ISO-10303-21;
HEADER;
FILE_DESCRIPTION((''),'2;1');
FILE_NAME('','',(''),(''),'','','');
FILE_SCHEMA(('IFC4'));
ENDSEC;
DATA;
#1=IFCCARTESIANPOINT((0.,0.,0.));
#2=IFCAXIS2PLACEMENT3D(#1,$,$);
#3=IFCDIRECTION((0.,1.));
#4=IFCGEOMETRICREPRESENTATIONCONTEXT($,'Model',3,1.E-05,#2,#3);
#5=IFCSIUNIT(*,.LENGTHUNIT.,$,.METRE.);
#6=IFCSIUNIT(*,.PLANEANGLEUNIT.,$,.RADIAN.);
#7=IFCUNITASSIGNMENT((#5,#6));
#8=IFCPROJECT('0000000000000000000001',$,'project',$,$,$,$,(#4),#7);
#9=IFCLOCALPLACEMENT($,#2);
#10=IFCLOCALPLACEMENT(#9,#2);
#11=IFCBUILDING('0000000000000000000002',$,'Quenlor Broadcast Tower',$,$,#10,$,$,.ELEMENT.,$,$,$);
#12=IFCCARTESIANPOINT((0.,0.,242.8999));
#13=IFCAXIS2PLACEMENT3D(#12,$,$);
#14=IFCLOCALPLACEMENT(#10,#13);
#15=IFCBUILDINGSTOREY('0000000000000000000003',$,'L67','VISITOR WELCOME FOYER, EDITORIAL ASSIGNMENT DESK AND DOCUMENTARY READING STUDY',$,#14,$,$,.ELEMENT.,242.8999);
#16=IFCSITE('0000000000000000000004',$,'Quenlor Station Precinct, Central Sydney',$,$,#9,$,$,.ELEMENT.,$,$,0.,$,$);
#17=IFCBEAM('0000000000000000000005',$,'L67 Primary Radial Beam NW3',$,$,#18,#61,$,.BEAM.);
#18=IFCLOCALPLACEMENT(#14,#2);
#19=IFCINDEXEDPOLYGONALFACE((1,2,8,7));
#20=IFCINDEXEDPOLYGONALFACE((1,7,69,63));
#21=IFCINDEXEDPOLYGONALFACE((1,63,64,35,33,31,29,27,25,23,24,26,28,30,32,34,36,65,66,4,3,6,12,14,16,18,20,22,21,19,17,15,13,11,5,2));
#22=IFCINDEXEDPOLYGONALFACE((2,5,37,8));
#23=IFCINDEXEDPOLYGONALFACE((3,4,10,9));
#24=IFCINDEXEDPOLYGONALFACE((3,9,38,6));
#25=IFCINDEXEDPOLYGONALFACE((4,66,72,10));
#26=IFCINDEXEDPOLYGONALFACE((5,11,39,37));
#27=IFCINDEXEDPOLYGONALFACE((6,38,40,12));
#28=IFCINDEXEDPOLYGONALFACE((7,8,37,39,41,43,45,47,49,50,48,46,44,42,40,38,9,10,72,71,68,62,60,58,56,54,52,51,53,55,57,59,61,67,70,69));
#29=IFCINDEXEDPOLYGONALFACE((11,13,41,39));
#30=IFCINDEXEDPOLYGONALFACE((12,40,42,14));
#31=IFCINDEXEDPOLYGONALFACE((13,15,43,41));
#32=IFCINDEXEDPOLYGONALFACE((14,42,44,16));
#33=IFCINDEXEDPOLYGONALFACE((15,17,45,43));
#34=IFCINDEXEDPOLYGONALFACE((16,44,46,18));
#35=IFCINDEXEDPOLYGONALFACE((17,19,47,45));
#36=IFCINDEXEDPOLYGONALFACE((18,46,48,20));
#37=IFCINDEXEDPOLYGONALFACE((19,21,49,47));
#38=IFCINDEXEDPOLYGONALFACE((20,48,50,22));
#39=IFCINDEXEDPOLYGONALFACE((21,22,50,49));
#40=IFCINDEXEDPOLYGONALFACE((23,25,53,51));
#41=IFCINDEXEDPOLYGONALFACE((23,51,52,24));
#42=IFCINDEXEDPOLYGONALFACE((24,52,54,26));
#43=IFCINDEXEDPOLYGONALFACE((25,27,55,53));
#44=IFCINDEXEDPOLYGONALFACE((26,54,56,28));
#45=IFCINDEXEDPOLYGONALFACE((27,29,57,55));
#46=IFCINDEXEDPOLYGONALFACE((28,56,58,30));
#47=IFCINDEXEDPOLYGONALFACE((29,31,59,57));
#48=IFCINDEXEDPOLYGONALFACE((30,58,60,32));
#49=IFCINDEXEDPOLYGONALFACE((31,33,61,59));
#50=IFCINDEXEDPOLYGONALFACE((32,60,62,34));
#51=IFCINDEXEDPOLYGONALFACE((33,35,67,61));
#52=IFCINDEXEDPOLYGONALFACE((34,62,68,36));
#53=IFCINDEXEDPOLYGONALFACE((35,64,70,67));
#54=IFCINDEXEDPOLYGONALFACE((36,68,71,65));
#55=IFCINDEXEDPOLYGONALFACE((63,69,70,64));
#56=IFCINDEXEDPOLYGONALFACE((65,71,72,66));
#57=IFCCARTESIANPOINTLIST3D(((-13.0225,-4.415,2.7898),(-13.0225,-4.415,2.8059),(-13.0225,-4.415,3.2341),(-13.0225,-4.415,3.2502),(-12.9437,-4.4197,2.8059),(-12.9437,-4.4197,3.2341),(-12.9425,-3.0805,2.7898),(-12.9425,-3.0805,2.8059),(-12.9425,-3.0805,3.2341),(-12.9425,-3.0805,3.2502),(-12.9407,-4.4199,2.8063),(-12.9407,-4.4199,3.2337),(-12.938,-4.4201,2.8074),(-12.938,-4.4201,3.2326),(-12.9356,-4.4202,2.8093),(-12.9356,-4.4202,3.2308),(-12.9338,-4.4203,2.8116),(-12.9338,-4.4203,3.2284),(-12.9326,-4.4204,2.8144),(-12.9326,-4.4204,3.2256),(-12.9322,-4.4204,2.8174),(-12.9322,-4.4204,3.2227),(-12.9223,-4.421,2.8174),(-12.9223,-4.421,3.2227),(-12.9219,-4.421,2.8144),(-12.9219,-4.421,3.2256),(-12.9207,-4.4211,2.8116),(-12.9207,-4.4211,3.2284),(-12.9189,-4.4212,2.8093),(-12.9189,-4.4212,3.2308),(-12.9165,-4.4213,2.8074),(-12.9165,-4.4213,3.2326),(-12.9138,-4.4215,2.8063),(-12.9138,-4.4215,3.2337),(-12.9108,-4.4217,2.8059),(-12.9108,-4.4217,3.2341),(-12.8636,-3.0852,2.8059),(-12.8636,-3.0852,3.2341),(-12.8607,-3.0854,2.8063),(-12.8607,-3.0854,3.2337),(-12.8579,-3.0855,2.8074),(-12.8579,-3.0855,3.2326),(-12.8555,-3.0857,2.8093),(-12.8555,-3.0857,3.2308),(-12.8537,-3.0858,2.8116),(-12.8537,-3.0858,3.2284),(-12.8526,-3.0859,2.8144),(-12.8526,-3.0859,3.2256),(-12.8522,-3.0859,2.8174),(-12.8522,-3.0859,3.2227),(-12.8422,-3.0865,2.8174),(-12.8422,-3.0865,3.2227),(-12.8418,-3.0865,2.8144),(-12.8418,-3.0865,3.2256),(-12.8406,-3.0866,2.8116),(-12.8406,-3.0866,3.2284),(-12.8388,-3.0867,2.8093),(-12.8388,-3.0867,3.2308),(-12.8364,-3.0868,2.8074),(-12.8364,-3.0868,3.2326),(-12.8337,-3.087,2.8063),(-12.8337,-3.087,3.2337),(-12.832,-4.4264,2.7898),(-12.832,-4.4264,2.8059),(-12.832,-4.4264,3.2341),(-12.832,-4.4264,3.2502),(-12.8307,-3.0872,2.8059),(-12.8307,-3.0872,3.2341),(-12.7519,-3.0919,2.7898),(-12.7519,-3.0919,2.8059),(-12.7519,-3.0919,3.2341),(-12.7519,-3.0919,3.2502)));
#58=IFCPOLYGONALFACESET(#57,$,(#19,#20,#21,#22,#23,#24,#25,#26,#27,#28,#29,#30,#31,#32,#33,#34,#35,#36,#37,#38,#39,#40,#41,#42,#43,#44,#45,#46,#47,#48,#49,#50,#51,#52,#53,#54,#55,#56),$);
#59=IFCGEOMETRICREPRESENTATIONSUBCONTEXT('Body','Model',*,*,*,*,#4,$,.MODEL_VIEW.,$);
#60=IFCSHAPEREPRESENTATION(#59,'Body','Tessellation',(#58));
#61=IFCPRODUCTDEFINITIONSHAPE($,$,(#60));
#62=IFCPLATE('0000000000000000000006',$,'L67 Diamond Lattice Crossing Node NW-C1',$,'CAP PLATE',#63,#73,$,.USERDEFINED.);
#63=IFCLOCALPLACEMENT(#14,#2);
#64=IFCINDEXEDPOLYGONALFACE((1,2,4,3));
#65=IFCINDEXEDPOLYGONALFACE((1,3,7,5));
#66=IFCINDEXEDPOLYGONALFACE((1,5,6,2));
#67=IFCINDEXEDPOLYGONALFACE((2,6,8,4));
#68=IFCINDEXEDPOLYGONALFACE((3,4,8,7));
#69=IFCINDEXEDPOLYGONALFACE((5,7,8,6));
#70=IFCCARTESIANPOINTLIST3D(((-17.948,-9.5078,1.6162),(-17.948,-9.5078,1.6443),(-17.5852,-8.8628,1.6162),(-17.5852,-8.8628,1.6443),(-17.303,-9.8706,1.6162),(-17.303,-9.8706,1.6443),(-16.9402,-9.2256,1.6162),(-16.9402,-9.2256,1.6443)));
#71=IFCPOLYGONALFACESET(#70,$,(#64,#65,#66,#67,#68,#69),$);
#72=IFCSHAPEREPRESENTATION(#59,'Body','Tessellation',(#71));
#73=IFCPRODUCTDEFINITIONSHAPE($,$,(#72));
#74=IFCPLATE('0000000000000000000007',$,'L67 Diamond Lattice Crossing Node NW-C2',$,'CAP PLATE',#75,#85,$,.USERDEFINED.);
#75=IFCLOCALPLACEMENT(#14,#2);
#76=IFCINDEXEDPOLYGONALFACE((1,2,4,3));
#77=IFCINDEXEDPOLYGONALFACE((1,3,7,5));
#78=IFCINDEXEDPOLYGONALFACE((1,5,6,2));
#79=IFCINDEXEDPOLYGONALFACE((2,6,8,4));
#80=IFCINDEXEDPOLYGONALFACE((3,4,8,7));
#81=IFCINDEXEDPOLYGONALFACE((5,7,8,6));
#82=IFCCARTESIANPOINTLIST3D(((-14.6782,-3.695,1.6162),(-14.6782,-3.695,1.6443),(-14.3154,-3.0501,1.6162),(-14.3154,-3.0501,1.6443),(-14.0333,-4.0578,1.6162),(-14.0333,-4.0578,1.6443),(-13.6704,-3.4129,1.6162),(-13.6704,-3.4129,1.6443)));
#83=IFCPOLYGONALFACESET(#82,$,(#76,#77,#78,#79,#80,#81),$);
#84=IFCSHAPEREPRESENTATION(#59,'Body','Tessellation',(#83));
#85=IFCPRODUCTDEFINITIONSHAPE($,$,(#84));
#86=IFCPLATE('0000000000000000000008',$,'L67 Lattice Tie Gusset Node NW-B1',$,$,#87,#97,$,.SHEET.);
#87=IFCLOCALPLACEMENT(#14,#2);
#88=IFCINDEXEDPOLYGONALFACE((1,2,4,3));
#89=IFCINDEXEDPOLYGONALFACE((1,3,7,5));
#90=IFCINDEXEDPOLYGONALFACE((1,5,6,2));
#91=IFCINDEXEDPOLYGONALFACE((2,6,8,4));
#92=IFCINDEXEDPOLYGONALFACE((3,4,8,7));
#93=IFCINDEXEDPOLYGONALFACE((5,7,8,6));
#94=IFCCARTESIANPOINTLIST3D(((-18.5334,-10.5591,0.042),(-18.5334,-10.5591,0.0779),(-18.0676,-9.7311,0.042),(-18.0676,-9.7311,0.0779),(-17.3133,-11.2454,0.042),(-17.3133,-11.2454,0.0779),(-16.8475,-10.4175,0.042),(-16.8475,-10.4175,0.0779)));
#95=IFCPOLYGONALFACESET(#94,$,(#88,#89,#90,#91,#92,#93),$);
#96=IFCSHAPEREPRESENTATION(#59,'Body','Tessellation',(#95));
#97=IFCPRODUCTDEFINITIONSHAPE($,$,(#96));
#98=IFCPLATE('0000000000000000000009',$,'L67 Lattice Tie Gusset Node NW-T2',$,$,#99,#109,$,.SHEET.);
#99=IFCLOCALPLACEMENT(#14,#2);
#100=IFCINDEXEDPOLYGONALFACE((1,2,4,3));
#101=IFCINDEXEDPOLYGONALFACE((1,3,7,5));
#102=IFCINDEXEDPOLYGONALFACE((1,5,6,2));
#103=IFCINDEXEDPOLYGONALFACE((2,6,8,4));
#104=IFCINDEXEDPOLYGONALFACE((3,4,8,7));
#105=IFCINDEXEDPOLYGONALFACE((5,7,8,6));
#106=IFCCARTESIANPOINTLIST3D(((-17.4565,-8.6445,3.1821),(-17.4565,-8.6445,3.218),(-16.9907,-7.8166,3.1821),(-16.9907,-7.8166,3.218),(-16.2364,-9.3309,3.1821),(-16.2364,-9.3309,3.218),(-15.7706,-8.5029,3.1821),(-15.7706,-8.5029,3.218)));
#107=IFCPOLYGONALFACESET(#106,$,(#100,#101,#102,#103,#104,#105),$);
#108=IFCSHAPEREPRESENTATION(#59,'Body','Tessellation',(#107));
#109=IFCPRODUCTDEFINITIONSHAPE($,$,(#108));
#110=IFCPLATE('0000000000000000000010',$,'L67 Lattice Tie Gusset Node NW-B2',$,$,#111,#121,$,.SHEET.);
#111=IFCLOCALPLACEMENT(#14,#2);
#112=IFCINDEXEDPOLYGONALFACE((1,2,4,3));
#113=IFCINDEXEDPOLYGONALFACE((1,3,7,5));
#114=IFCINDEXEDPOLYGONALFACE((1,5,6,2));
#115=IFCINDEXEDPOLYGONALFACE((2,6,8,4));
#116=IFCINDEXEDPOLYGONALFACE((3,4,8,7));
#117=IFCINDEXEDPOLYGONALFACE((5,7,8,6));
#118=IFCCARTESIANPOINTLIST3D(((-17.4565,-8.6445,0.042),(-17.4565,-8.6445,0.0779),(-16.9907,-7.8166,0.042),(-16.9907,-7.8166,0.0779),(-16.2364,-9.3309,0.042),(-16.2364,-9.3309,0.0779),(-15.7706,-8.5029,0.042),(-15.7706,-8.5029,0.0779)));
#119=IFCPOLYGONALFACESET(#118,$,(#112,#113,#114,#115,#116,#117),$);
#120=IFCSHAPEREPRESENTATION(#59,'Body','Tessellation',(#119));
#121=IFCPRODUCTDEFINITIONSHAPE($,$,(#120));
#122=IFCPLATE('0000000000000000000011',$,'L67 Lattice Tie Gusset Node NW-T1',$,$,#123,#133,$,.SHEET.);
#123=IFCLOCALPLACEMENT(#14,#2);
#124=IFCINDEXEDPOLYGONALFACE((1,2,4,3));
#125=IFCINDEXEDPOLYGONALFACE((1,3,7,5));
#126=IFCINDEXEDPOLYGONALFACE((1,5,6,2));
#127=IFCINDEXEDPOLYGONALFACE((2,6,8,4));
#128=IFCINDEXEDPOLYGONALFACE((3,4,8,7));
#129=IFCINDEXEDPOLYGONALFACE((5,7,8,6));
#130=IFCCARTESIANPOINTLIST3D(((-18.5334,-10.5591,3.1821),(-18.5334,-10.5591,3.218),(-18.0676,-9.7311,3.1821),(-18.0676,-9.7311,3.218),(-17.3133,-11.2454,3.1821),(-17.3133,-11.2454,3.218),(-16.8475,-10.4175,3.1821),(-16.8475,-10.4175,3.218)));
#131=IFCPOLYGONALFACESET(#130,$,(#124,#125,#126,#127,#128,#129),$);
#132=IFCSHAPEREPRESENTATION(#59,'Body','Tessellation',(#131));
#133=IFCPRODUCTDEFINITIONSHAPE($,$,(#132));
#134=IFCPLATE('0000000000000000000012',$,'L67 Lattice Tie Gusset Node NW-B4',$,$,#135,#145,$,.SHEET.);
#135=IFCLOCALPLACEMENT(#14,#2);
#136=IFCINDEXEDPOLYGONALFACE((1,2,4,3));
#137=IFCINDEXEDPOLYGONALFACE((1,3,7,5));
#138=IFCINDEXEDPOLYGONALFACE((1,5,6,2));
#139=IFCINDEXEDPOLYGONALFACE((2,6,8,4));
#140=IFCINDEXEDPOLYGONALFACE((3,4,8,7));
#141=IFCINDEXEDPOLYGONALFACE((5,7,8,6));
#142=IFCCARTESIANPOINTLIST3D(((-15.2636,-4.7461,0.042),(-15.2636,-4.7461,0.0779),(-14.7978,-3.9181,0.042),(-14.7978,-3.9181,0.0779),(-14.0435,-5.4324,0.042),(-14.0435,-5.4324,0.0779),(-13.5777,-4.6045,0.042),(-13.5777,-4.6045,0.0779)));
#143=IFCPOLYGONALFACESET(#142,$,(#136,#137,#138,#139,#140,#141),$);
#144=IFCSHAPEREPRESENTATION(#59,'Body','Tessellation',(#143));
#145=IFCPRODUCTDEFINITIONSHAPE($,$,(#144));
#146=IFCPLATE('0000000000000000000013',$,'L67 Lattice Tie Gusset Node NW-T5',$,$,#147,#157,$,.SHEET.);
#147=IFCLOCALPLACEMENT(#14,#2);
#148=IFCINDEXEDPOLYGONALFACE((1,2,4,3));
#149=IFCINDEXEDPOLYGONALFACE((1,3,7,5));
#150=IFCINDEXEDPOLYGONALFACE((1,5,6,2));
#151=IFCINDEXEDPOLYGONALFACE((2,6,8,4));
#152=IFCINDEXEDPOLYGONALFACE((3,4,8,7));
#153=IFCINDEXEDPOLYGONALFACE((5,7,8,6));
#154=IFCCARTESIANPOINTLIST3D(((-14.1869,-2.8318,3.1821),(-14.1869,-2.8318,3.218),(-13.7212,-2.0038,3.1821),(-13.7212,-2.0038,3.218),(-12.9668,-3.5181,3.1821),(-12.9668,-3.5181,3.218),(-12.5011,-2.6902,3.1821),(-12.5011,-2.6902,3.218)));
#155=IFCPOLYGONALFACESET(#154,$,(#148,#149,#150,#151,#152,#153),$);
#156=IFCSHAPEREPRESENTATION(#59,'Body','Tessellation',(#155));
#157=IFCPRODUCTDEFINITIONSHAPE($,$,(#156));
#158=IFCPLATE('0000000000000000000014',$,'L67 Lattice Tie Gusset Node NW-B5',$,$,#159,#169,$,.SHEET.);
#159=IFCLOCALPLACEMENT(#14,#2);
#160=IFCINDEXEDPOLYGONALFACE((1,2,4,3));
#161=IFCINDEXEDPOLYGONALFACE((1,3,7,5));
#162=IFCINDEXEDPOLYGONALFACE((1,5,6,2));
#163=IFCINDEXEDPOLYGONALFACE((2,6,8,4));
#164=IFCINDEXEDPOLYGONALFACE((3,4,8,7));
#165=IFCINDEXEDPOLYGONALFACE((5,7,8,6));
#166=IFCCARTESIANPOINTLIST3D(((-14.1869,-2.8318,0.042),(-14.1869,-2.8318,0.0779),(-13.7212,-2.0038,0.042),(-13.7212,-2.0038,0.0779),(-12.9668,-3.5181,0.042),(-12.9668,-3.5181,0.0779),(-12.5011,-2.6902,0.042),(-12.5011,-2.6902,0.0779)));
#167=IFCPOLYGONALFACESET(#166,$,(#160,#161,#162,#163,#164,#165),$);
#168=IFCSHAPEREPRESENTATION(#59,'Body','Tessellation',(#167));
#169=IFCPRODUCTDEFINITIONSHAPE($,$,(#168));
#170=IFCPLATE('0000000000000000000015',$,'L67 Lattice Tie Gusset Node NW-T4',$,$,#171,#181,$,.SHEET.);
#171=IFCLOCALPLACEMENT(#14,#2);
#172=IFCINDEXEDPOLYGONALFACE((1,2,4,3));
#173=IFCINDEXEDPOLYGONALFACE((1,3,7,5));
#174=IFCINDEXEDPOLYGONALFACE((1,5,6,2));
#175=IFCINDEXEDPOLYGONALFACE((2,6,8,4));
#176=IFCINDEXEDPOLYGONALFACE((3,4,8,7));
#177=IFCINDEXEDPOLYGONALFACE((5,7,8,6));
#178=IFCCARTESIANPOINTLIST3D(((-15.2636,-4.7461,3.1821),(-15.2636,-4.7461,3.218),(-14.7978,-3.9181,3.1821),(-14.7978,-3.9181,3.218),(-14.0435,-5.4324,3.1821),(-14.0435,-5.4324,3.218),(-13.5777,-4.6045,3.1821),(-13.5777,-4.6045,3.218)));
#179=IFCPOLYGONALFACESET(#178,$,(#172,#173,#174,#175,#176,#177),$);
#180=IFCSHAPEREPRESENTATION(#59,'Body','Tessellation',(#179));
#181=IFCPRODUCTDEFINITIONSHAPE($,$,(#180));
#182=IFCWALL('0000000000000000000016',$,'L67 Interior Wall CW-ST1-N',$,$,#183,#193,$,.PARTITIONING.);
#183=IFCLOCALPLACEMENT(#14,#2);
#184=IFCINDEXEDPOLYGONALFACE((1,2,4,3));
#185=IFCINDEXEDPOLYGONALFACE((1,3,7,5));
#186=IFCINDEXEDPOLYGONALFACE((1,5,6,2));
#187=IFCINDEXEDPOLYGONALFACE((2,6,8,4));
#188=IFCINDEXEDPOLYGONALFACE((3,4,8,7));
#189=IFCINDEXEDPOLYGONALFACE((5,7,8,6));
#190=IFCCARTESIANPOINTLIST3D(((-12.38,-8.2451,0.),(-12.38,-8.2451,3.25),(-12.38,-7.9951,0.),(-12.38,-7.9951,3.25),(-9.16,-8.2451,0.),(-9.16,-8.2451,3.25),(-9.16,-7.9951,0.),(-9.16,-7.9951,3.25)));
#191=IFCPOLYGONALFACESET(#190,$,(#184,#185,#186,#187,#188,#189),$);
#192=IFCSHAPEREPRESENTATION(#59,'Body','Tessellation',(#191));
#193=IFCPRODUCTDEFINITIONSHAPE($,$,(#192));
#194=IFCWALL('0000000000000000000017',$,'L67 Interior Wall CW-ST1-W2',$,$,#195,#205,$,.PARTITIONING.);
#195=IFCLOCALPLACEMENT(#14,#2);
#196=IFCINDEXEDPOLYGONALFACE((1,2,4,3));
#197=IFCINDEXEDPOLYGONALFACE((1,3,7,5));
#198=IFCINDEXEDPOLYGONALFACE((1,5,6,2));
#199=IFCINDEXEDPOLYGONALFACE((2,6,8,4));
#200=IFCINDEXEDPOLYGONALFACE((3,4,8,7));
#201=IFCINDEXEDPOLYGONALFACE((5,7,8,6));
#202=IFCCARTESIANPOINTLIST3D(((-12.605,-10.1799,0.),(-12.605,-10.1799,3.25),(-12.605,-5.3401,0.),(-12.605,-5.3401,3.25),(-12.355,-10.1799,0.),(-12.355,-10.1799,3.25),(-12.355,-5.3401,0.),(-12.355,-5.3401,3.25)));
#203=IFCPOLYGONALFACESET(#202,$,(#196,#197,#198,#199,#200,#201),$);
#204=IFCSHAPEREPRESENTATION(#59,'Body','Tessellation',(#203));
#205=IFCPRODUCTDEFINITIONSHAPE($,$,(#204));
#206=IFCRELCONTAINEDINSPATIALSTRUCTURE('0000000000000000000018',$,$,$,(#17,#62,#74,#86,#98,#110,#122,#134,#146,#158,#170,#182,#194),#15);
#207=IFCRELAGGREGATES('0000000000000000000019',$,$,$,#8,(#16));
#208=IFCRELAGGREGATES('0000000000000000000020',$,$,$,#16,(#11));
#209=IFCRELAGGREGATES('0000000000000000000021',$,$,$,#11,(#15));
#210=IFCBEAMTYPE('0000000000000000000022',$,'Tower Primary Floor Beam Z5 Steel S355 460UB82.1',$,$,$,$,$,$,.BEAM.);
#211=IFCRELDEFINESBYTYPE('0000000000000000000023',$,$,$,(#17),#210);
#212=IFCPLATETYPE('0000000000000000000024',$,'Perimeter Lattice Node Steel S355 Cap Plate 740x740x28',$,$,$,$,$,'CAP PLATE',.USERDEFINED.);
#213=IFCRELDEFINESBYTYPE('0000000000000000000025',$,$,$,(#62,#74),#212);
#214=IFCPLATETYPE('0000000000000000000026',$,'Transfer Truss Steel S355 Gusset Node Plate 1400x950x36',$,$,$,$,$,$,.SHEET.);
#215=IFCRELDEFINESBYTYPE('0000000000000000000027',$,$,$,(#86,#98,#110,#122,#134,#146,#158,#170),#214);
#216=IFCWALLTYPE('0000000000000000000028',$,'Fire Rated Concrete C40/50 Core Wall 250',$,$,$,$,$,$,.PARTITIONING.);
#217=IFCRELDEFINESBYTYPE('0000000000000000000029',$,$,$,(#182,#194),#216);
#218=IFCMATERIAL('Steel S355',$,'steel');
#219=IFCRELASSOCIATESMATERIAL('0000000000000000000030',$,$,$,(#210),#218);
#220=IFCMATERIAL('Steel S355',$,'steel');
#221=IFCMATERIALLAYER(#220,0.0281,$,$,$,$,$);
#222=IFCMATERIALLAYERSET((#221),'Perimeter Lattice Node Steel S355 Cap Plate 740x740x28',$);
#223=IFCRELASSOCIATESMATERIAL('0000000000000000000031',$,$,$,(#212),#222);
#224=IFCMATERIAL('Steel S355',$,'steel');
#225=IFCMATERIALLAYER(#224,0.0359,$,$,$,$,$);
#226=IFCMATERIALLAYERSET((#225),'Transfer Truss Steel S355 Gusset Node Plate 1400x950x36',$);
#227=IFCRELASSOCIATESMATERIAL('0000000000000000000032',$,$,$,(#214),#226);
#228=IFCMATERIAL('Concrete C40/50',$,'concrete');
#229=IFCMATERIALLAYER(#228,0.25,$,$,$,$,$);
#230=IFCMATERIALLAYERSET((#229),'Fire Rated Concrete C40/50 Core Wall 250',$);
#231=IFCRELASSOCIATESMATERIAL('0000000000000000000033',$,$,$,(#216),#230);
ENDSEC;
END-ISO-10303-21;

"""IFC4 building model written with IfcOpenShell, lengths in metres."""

from ifc_helpers import new_model, si_unit, direction, frame, frame_2d, origin, origin_2d, place, context, subcontext, project, spatial, rectangle, i_section, extrude, material, layer, layer_set, material_profile, profile_set, type_object, element, save


model = new_model("IFC4")

# Units and contexts
model_context = context("Model", 3, precision=1e-05, world=origin(), true_north=direction((0.0, 1.0)))
body_context = subcontext(model_context, "Body", "Model", "MODEL_VIEW")
ifc_project = project(units=[si_unit("LENGTHUNIT", "METRE"), si_unit("PLANEANGLEUNIT", "RADIAN")], contexts=[model_context])

# Site, building, storey
site_placement = place(None, origin())
site = spatial("IfcSite", under=ifc_project, at=site_placement, Name="Quenlor Station Precinct, Central Sydney", CompositionType="ELEMENT", RefElevation=0.0)
building_placement = place(site_placement, origin())
building = spatial("IfcBuilding", under=site, at=building_placement, Name="Quenlor Broadcast Tower", CompositionType="ELEMENT")
storey_placement = place(building_placement, frame((0.0, 0.0, 242.8999)))
storey = spatial("IfcBuildingStorey", under=building, at=storey_placement, Name="L67", Description="VISITOR WELCOME FOYER, EDITORIAL ASSIGNMENT DESK AND DOCUMENTARY READING STUDY", CompositionType="ELEMENT", Elevation=242.8999)

# Beam
ifc_material_1 = material(Name="Steel S355", Category="steel")
ifc_material_profile_1 = material_profile(ifc_material_1, i_section(OverallWidth=0.1909, OverallDepth=0.4604, WebThickness=0.01, FlangeThickness=0.0161, FilletRadius=0.0115, at=origin_2d()))
ifc_profile_set_1 = profile_set([ifc_material_profile_1], Name="Steel S355 460UB82.1")
beam_type_1 = type_object("IfcBeamType", Name="Tower Primary Floor Beam Z5 Steel S355 460UB82.1", PredefinedType="BEAM", material=ifc_profile_set_1)
beam_1_placement = place(storey_placement, frame((-12.8472, -3.0862, 3.02), z_axis=(-0.0599, -0.998204, 0.0), x_axis=(0.998204, -0.0599, 0.0)))
element("IfcBeam", 1, at=beam_1_placement, inside=storey, type_object=beam_type_1, Name="L67 Primary Radial Beam NW3", PredefinedType="BEAM", context=body_context, shape_type="SweptSolid", body=[
    extrude(i_section(OverallWidth=0.1909, OverallDepth=0.4604, WebThickness=0.01, FlangeThickness=0.0161, FilletRadius=0.0115, at=origin_2d()), origin(), (0.0, 0.0, 1.0), 1.3369),
])

# Plates
ifc_material_2 = material(Name="Steel S355", Category="steel")
ifc_layer_1 = layer(ifc_material_2, 0.0281)
ifc_layer_set_1 = layer_set([ifc_layer_1], Name="Perimeter Lattice Node Steel S355 Cap Plate 740x740x28")
plate_type_1 = type_object("IfcPlateType", Name="Perimeter Lattice Node Steel S355 Cap Plate 740x740x28", ElementType="CAP PLATE", PredefinedType="USERDEFINED", material=ifc_layer_set_1)
for number, where, z_axis, x_axis, name in (
    (2, (-17.4441, -9.3667, 1.6162), (0.0, 0.0, 1.0), (0.490295, 0.871556, 0.0), "L67 Diamond Lattice Crossing Node NW-C1"),
    (3, (-14.1743, -3.554, 1.6162), (0.0, 0.0, 1.0), (0.490295, 0.871556, 0.0), "L67 Diamond Lattice Crossing Node NW-C2"),
):
    element("IfcPlate", number, at=place(storey_placement, frame(where, z_axis=z_axis, x_axis=x_axis)), inside=storey, type_object=plate_type_1, Name=name, ObjectType="CAP PLATE", PredefinedType="USERDEFINED", context=body_context, shape_type="SweptSolid", body=[
        extrude(rectangle(XDim=0.74, YDim=0.74, at=origin_2d()), origin(), (0.0, 0.0, 1.0), 0.0281),
    ])
ifc_material_3 = material(Name="Steel S355", Category="steel")
ifc_layer_2 = layer(ifc_material_3, 0.0359)
ifc_layer_set_2 = layer_set([ifc_layer_2], Name="Transfer Truss Steel S355 Gusset Node Plate 1400x950x36")
plate_type_2 = type_object("IfcPlateType", Name="Transfer Truss Steel S355 Gusset Node Plate 1400x950x36", PredefinedType="SHEET", material=ifc_layer_set_2)
for number, where, z_axis, x_axis, name in (
    (4, (-17.6904, -10.4883, 0.042), (0.0, 0.0, 1.0), (-0.871556, 0.490295, 0.0), "L67 Lattice Tie Gusset Node NW-B1"),
    (5, (-16.6135, -8.5737, 3.1821), (0.0, 0.0, 1.0), (-0.871556, 0.490295, 0.0), "L67 Lattice Tie Gusset Node NW-T2"),
    (6, (-16.6135, -8.5737, 0.042), (0.0, 0.0, 1.0), (-0.871556, 0.490295, 0.0), "L67 Lattice Tie Gusset Node NW-B2"),
    (7, (-17.6904, -10.4883, 3.1821), (0.0, 0.0, 1.0), (-0.871556, 0.490295, 0.0), "L67 Lattice Tie Gusset Node NW-T1"),
    (8, (-14.4207, -4.6753, 0.042), (0.0, 0.0, 1.0), (-0.871556, 0.490295, 0.0), "L67 Lattice Tie Gusset Node NW-B4"),
    (9, (-13.344, -2.761, 3.1821), (0.0, 0.0, 1.0), (-0.871556, 0.490295, 0.0), "L67 Lattice Tie Gusset Node NW-T5"),
    (10, (-13.344, -2.761, 0.042), (0.0, 0.0, 1.0), (-0.871556, 0.490295, 0.0), "L67 Lattice Tie Gusset Node NW-B5"),
    (11, (-14.4207, -4.6753, 3.1821), (0.0, 0.0, 1.0), (-0.871556, 0.490295, 0.0), "L67 Lattice Tie Gusset Node NW-T4"),
):
    element("IfcPlate", number, at=place(storey_placement, frame(where, z_axis=z_axis, x_axis=x_axis)), inside=storey, type_object=plate_type_2, Name=name, PredefinedType="SHEET", context=body_context, shape_type="SweptSolid", body=[
        extrude(rectangle(XDim=1.3999, YDim=0.95, at=origin_2d()), origin(), (0.0, 0.0, 1.0), 0.0359),
    ])

# Walls
ifc_material_4 = material(Name="Concrete C40/50", Category="concrete")
ifc_layer_3 = layer(ifc_material_4, 0.25)
ifc_layer_set_3 = layer_set([ifc_layer_3], Name="Fire Rated Concrete C40/50 Core Wall 250")
wall_type_1 = type_object("IfcWallType", Name="Fire Rated Concrete C40/50 Core Wall 250", PredefinedType="PARTITIONING", material=ifc_layer_set_3)
wall_1_placement = place(storey_placement, frame((-12.3799, -8.1201, 0.0), z_axis=(0.0, 0.0, 1.0), x_axis=(1.0, 0.0, 0.0)))
element("IfcWall", 12, at=wall_1_placement, inside=storey, type_object=wall_type_1, Name="L67 Interior Wall CW-ST1-N", PredefinedType="PARTITIONING", context=body_context, shape_type="SweptSolid", body=[
    extrude(rectangle(XDim=3.22, YDim=0.25, at=frame_2d((1.6099, 0.0))), origin(), (0.0, 0.0, 1.0), 3.25),
])
wall_2_placement = place(storey_placement, frame((-12.48, -10.1799, 0.0), z_axis=(0.0, 0.0, 1.0), x_axis=(0.0, 1.0, 0.0)))
element("IfcWall", 13, at=wall_2_placement, inside=storey, type_object=wall_type_1, Name="L67 Interior Wall CW-ST1-W2", PredefinedType="PARTITIONING", context=body_context, shape_type="SweptSolid", body=[
    extrude(rectangle(XDim=4.8398, YDim=0.25, at=frame_2d((2.4199, 0.0))), origin(), (0.0, 0.0, 1.0), 3.25),
])

save(model, "model.ifc")
